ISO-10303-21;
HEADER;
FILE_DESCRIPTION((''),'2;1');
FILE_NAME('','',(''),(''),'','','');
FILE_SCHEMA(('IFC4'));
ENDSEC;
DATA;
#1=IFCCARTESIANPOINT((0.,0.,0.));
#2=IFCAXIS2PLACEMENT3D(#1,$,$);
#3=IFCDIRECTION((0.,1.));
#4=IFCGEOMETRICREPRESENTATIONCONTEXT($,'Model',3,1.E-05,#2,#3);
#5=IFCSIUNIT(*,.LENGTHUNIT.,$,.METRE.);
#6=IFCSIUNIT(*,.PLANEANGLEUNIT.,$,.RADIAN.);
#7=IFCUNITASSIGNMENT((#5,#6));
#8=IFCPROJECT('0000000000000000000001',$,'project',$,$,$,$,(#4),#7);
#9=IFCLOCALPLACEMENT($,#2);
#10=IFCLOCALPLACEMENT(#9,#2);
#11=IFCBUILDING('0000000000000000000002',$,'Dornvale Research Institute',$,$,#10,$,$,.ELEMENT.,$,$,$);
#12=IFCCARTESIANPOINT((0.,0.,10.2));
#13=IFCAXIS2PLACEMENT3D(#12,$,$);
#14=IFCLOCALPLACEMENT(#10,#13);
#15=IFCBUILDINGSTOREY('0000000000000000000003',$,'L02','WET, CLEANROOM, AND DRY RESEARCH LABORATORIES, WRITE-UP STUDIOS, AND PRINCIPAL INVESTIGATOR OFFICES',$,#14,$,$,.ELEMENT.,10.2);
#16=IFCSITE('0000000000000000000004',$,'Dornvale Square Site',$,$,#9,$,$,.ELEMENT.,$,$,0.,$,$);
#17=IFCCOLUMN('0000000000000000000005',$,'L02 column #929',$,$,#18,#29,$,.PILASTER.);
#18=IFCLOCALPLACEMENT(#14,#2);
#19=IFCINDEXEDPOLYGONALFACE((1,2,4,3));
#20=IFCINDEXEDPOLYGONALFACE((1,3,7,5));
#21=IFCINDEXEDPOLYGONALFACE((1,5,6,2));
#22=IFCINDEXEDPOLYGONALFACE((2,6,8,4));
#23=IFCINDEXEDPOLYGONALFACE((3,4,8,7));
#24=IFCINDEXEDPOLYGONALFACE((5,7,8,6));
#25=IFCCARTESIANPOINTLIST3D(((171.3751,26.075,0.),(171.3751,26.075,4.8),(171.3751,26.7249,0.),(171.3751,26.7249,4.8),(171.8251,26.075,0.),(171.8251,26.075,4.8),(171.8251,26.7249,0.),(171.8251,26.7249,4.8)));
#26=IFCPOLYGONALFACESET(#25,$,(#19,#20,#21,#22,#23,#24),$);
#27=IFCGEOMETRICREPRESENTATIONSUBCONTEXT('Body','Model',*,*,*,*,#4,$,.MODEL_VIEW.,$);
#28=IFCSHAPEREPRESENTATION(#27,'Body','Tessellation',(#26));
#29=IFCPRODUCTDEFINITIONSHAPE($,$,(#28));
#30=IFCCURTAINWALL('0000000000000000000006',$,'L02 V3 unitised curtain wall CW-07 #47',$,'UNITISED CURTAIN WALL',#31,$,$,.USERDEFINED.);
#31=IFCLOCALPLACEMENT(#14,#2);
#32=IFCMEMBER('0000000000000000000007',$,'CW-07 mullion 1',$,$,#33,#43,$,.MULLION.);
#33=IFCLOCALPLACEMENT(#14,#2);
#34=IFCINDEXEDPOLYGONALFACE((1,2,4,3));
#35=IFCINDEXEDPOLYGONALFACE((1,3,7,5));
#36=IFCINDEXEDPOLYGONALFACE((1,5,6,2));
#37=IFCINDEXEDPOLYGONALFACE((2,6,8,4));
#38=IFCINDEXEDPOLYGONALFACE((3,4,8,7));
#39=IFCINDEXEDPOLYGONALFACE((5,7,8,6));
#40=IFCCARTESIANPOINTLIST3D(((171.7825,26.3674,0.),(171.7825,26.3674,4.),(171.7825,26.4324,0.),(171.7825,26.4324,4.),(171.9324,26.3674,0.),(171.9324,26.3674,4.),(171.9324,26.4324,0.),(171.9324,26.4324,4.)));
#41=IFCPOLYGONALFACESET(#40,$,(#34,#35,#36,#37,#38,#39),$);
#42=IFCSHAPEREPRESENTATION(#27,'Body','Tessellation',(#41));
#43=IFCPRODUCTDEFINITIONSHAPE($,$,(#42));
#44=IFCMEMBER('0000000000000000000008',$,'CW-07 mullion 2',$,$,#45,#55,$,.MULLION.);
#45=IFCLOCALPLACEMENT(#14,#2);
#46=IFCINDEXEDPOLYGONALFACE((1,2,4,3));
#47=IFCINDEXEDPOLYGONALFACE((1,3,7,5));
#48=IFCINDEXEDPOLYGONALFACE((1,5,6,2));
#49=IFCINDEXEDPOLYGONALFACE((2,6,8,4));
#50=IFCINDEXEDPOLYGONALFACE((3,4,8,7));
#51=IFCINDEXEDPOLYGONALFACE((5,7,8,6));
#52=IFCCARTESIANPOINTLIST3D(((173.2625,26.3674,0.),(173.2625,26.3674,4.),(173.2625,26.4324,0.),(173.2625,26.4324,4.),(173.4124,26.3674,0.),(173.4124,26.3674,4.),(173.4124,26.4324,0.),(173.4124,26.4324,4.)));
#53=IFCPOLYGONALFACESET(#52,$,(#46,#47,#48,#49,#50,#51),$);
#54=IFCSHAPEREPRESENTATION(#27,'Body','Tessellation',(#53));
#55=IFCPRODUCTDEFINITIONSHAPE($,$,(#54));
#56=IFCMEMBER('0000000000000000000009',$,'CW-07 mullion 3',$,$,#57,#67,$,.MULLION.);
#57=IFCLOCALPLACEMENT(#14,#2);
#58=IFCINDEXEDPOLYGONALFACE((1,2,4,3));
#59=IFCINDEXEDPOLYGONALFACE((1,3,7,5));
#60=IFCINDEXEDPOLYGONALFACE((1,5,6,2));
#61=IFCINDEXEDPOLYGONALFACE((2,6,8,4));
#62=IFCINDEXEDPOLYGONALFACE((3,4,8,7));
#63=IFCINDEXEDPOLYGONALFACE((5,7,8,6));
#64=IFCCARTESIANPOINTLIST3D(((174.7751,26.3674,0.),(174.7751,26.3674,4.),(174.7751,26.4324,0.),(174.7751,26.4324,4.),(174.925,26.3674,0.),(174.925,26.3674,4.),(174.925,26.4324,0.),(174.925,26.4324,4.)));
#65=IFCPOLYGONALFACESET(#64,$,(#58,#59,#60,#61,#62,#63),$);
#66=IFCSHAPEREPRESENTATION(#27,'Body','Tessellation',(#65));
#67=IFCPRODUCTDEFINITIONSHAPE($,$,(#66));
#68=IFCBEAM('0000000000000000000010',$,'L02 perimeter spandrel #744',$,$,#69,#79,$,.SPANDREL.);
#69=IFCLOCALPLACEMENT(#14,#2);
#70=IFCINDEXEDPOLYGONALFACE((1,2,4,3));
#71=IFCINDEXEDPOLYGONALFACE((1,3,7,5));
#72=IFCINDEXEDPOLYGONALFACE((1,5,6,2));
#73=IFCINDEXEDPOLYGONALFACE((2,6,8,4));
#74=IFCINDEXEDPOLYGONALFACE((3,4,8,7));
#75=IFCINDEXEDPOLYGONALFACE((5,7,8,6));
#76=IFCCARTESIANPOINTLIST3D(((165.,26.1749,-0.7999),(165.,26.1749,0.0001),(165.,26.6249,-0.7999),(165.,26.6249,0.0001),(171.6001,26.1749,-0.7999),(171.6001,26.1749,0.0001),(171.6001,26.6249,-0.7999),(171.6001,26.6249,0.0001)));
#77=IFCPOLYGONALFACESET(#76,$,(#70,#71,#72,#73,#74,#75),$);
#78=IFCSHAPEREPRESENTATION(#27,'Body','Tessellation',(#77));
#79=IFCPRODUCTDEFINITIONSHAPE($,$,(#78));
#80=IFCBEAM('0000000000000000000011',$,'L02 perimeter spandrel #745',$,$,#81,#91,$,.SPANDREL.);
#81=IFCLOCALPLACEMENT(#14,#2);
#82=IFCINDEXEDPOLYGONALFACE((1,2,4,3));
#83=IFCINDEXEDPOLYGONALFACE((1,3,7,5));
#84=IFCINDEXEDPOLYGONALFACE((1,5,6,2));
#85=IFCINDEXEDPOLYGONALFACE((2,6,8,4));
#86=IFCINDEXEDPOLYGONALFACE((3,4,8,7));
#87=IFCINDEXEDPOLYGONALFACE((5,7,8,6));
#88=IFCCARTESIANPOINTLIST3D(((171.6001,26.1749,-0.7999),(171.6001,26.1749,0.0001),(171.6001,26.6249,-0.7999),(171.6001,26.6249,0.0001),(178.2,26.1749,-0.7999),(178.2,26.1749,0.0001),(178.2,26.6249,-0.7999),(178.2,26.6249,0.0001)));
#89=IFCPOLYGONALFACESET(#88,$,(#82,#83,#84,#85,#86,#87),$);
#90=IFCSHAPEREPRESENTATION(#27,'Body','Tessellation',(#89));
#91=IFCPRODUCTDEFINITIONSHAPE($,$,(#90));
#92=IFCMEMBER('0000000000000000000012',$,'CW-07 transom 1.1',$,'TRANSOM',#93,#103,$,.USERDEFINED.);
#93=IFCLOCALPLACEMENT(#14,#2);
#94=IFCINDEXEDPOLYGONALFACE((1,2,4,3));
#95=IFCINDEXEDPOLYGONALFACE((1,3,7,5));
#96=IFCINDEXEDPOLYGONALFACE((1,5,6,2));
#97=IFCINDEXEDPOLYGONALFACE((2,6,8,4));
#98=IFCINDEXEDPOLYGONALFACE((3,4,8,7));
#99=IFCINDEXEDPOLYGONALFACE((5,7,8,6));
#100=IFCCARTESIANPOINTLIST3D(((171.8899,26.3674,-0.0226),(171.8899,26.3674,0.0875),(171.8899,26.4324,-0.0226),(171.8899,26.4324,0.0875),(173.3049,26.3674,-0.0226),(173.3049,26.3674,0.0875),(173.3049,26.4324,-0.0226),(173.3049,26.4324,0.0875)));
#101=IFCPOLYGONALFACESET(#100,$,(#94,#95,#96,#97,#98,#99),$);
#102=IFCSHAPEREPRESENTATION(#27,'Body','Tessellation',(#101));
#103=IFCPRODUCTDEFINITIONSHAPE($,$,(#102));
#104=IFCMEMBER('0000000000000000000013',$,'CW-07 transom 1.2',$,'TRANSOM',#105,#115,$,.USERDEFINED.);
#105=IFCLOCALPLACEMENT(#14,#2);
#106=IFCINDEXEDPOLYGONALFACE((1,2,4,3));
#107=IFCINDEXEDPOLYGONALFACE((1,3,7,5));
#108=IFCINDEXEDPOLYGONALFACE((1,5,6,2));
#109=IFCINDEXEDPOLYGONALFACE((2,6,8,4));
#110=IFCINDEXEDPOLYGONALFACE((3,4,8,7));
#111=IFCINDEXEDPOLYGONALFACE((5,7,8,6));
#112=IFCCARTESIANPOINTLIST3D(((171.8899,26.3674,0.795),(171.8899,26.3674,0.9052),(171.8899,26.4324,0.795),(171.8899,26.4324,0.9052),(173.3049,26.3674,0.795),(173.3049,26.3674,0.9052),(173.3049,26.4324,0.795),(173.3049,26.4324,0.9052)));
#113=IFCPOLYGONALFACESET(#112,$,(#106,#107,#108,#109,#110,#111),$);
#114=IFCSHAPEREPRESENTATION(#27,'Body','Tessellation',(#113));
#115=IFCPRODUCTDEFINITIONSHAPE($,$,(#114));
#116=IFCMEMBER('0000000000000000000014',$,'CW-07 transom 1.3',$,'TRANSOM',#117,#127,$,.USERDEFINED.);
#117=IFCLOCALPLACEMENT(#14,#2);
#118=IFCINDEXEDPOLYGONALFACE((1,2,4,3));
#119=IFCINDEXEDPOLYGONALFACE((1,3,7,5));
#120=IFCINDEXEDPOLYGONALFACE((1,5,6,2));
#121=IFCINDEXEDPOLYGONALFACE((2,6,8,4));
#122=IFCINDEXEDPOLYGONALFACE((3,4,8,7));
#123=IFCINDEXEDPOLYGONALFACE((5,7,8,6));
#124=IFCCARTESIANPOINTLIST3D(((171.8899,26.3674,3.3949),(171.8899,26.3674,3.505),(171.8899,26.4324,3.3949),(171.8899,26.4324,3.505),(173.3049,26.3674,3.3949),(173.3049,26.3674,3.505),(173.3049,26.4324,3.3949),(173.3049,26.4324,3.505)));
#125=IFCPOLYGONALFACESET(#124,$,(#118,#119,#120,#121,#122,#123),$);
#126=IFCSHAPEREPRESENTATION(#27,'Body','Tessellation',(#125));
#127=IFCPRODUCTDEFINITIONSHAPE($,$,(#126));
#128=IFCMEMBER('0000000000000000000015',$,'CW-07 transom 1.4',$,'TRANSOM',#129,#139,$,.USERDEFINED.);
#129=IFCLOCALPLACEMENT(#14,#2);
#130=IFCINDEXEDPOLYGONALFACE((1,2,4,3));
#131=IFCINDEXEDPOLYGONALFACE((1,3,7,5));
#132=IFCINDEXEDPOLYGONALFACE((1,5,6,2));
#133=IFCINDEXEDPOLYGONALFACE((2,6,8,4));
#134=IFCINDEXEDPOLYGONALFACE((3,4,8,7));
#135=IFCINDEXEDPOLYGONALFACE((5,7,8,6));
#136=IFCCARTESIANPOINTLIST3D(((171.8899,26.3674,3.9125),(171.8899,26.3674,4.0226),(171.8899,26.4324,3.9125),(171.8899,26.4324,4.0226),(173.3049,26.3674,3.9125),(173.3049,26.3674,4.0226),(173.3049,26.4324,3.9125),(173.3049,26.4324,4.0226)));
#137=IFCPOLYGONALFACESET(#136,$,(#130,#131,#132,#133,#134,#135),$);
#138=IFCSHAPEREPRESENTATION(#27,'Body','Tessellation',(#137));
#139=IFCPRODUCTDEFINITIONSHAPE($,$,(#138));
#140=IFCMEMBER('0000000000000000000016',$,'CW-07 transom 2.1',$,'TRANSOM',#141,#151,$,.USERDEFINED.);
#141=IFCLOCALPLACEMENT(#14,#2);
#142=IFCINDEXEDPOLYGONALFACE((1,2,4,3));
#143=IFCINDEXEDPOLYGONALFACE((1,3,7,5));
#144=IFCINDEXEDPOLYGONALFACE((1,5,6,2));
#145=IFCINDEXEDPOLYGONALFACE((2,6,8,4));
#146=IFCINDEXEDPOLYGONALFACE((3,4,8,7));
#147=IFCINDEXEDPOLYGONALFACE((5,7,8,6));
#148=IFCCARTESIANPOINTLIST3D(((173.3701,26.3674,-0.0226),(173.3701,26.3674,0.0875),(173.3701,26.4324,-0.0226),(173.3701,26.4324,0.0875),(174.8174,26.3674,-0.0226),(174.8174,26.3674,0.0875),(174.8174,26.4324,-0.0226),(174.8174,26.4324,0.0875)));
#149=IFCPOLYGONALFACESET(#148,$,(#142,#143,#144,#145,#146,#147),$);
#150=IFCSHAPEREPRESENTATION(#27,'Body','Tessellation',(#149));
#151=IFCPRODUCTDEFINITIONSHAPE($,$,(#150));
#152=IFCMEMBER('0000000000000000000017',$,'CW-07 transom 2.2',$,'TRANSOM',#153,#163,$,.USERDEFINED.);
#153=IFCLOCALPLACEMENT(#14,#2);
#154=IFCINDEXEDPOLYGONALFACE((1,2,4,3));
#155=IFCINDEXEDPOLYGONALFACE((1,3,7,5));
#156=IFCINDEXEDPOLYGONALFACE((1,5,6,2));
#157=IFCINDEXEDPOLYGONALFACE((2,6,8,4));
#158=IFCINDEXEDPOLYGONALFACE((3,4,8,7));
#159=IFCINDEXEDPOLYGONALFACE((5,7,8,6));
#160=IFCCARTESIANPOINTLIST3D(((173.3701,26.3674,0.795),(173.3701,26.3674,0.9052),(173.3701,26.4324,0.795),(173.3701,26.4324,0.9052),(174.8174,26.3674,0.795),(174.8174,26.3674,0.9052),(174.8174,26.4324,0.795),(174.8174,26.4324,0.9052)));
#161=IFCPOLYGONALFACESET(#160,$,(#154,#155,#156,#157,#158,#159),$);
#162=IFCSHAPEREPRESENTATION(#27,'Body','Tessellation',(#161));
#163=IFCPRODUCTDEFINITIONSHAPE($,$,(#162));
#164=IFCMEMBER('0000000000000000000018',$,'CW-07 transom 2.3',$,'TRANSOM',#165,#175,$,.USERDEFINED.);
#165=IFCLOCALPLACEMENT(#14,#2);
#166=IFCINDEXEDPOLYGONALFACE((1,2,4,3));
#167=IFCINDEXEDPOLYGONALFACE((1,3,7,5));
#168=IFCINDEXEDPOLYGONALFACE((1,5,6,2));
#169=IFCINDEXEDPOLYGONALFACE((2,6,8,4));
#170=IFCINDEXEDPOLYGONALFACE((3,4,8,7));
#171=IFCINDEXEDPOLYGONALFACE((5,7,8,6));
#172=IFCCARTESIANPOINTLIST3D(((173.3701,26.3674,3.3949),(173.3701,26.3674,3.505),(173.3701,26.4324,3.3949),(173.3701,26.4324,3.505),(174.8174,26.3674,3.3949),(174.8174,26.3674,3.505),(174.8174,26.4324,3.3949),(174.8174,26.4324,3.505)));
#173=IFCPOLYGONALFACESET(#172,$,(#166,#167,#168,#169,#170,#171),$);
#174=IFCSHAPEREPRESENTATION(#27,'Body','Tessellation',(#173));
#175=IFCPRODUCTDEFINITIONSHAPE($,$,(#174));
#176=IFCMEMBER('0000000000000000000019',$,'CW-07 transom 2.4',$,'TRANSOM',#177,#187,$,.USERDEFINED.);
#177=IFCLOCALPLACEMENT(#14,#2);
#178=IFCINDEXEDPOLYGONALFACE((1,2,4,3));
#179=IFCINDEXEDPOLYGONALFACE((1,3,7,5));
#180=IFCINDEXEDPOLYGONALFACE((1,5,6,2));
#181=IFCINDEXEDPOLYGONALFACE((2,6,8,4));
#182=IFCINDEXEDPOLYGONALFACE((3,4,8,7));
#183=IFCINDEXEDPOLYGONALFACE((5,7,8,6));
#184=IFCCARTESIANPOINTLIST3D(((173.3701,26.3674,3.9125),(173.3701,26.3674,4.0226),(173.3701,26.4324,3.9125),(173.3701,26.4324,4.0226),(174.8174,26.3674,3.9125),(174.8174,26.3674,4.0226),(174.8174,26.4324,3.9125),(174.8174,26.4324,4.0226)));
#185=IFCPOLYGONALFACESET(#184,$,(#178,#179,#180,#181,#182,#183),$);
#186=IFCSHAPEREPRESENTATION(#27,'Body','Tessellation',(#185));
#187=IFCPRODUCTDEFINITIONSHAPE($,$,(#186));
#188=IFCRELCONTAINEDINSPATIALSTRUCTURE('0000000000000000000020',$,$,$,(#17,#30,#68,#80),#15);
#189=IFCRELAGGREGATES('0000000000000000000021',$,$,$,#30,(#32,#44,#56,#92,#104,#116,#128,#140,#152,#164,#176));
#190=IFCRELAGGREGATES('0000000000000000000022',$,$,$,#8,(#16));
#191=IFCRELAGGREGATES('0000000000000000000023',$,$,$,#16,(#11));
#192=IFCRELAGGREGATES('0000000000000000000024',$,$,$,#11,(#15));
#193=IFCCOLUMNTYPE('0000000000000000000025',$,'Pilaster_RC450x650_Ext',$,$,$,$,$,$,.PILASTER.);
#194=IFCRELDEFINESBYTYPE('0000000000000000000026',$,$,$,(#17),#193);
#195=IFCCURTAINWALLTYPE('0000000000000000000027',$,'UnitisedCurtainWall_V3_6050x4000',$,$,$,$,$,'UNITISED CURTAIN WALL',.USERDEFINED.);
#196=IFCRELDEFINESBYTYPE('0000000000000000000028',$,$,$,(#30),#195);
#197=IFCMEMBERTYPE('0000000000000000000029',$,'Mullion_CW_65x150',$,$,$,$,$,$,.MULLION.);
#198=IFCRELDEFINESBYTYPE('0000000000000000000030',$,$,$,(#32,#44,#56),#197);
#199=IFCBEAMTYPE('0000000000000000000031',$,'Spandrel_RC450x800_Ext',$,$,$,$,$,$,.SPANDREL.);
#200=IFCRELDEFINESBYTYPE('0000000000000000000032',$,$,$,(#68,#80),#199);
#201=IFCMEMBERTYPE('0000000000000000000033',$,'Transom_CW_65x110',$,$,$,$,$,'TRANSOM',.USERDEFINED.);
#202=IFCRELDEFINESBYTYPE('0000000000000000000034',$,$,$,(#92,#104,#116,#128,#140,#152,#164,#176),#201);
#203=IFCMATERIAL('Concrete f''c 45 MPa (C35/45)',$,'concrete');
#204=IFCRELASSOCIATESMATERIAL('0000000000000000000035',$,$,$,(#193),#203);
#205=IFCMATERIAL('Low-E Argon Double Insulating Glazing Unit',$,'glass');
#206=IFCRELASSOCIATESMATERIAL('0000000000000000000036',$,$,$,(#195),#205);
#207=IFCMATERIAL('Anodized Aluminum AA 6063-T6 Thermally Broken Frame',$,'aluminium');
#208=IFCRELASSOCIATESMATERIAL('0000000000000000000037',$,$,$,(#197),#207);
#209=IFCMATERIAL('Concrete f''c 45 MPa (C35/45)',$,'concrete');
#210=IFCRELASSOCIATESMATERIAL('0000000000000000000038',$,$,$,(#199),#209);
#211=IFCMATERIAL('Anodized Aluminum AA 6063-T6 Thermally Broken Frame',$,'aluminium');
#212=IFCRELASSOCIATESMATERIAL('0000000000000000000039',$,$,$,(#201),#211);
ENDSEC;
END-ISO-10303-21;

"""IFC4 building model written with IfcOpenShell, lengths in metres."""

from ifc_helpers import new_model, si_unit, direction, frame, origin, origin_2d, place, context, subcontext, project, spatial, rectangle, extrude, material, material_profile, profile_set, type_object, element, aggregate, save


model = new_model("IFC4")

# Units and contexts
model_context = context("Model", 3, precision=1e-05, world=origin(), true_north=direction((0.0, 1.0)))
body_context = subcontext(model_context, "Body", "Model", "MODEL_VIEW")
ifc_project = project(units=[si_unit("LENGTHUNIT", "METRE"), si_unit("PLANEANGLEUNIT", "RADIAN")], contexts=[model_context])

# Site, building, storey
site_placement = place(None, origin())
site = spatial("IfcSite", under=ifc_project, at=site_placement, Name="Dornvale Square Site", CompositionType="ELEMENT", RefElevation=0.0)
building_placement = place(site_placement, origin())
building = spatial("IfcBuilding", under=site, at=building_placement, Name="Dornvale Research Institute", CompositionType="ELEMENT")
storey_placement = place(building_placement, frame((0.0, 0.0, 10.2)))
storey = spatial("IfcBuildingStorey", under=building, at=storey_placement, Name="L02", Description="WET, CLEANROOM, AND DRY RESEARCH LABORATORIES, WRITE-UP STUDIOS, AND PRINCIPAL INVESTIGATOR OFFICES", CompositionType="ELEMENT", Elevation=10.2)

# Column
ifc_material_1 = material(Name="Concrete f'c 45 MPa (C35/45)", Category="concrete")
ifc_material_profile_1 = material_profile(ifc_material_1, rectangle(XDim=0.45, YDim=0.6499, at=origin_2d()), Name="RC 450x650")
ifc_profile_set_1 = profile_set([ifc_material_profile_1], Name="Concrete f'c 45 MPa (C35/45)")
column_type = type_object("IfcColumnType", Name="Pilaster_RC450x650_Ext", PredefinedType="PILASTER", material=ifc_profile_set_1)
column_placement = place(storey_placement, frame((171.6001, 26.3999, 0.0), z_axis=(0.0, 0.0, 1.0), x_axis=(1.0, 0.0, 0.0)))
element("IfcColumn", 1, at=column_placement, inside=storey, type_object=column_type, Name="L02 column #929", PredefinedType="PILASTER", context=body_context, shape_type="SweptSolid", body=[
    extrude(rectangle(XDim=0.45, YDim=0.6499, at=origin_2d()), origin(), (0.0, 0.0, 1.0), 4.8),
])

# Curtain wall, members
ifc_material_2 = material(Name="Low-E Argon Double Insulating Glazing Unit", Category="glass")
curtain_wall_type = type_object("IfcCurtainWallType", Name="UnitisedCurtainWall_V3_6050x4000", ElementType="UNITISED CURTAIN WALL", PredefinedType="USERDEFINED", material=ifc_material_2)
curtain_wall_placement = place(storey_placement, origin())
curtain_wall = element("IfcCurtainWall", 2, at=curtain_wall_placement, inside=storey, type_object=curtain_wall_type, Name="L02 V3 unitised curtain wall CW-07 #47", ObjectType="UNITISED CURTAIN WALL", PredefinedType="USERDEFINED")
ifc_material_3 = material(Name="Anodized Aluminum AA 6063-T6 Thermally Broken Frame", Category="aluminium")
ifc_material_profile_2 = material_profile(ifc_material_3, rectangle(XDim=0.0649, YDim=0.1499, at=origin_2d()), Name="ALU MULLION 65x150")
ifc_profile_set_2 = profile_set([ifc_material_profile_2], Name="Anodized Aluminum AA 6063-T6 Thermally Broken Frame")
member_type_1 = type_object("IfcMemberType", Name="Mullion_CW_65x150", PredefinedType="MULLION", material=ifc_profile_set_2)
member_1_placement = place(storey_placement, frame((171.8574, 26.3999, 0.0), z_axis=(0.0, 0.0, 1.0), x_axis=(0.0, 1.0, 0.0)))
member_1 = element("IfcMember", 3, at=member_1_placement, type_object=member_type_1, Name="CW-07 mullion 1", PredefinedType="MULLION", context=body_context, shape_type="SweptSolid", body=[
    extrude(rectangle(XDim=0.0649, YDim=0.1499, at=origin_2d()), origin(), (0.0, 0.0, 1.0), 4.0),
])
member_2_placement = place(storey_placement, frame((173.3374, 26.3999, 0.0), z_axis=(0.0, 0.0, 1.0), x_axis=(0.0, 1.0, 0.0)))
member_2 = element("IfcMember", 4, at=member_2_placement, type_object=member_type_1, Name="CW-07 mullion 2", PredefinedType="MULLION", context=body_context, shape_type="SweptSolid", body=[
    extrude(rectangle(XDim=0.0649, YDim=0.1499, at=origin_2d()), origin(), (0.0, 0.0, 1.0), 4.0),
])
member_3_placement = place(storey_placement, frame((174.8501, 26.3999, 0.0), z_axis=(0.0, 0.0, 1.0), x_axis=(0.0, 1.0, 0.0)))
member_3 = element("IfcMember", 5, at=member_3_placement, type_object=member_type_1, Name="CW-07 mullion 3", PredefinedType="MULLION", context=body_context, shape_type="SweptSolid", body=[
    extrude(rectangle(XDim=0.0649, YDim=0.1499, at=origin_2d()), origin(), (0.0, 0.0, 1.0), 4.0),
])

# Beams
ifc_material_4 = material(Name="Concrete f'c 45 MPa (C35/45)", Category="concrete")
ifc_material_profile_3 = material_profile(ifc_material_4, rectangle(XDim=0.45, YDim=0.8, at=origin_2d()), Name="RC 450x800")
ifc_profile_set_3 = profile_set([ifc_material_profile_3], Name="Concrete f'c 45 MPa (C35/45)")
beam_type = type_object("IfcBeamType", Name="Spandrel_RC450x800_Ext", PredefinedType="SPANDREL", material=ifc_profile_set_3)
beam_1_placement = place(storey_placement, frame((165.0, 26.3999, -0.3999), z_axis=(1.0, 0.0, 0.0), x_axis=(0.0, 1.0, 0.0)))
element("IfcBeam", 6, at=beam_1_placement, inside=storey, type_object=beam_type, Name="L02 perimeter spandrel #744", PredefinedType="SPANDREL", context=body_context, shape_type="SweptSolid", body=[
    extrude(rectangle(XDim=0.45, YDim=0.8, at=origin_2d()), origin(), (0.0, 0.0, 1.0), 6.6001),
])
beam_2_placement = place(storey_placement, frame((171.6001, 26.3999, -0.3999), z_axis=(1.0, 0.0, 0.0), x_axis=(0.0, 1.0, 0.0)))
element("IfcBeam", 7, at=beam_2_placement, inside=storey, type_object=beam_type, Name="L02 perimeter spandrel #745", PredefinedType="SPANDREL", context=body_context, shape_type="SweptSolid", body=[
    extrude(rectangle(XDim=0.45, YDim=0.8, at=origin_2d()), origin(), (0.0, 0.0, 1.0), 6.5999),
])

# Members
ifc_material_5 = material(Name="Anodized Aluminum AA 6063-T6 Thermally Broken Frame", Category="aluminium")
ifc_material_profile_4 = material_profile(ifc_material_5, rectangle(XDim=0.0649, YDim=0.1101, at=origin_2d()), Name="ALU TRANSOM 65x110")
ifc_profile_set_4 = profile_set([ifc_material_profile_4], Name="Anodized Aluminum AA 6063-T6 Thermally Broken Frame")
member_type_2 = type_object("IfcMemberType", Name="Transom_CW_65x110", ElementType="TRANSOM", PredefinedType="USERDEFINED", material=ifc_profile_set_4)
member_4_placement = place(storey_placement, frame((171.8899, 26.3999, 0.0325), z_axis=(1.0, 0.0, 0.0), x_axis=(0.0, 1.0, 0.0)))
member_4 = element("IfcMember", 8, at=member_4_placement, type_object=member_type_2, Name="CW-07 transom 1.1", ObjectType="TRANSOM", PredefinedType="USERDEFINED", context=body_context, shape_type="SweptSolid", body=[
    extrude(rectangle(XDim=0.0649, YDim=0.1101, at=origin_2d()), origin(), (0.0, 0.0, 1.0), 1.415),
])
member_5_placement = place(storey_placement, frame((171.8899, 26.3999, 0.8501), z_axis=(1.0, 0.0, 0.0), x_axis=(0.0, 1.0, 0.0)))
member_5 = element("IfcMember", 9, at=member_5_placement, type_object=member_type_2, Name="CW-07 transom 1.2", ObjectType="TRANSOM", PredefinedType="USERDEFINED", context=body_context, shape_type="SweptSolid", body=[
    extrude(rectangle(XDim=0.0649, YDim=0.1101, at=origin_2d()), origin(), (0.0, 0.0, 1.0), 1.415),
])
member_6_placement = place(storey_placement, frame((171.8899, 26.3999, 3.45), z_axis=(1.0, 0.0, 0.0), x_axis=(0.0, 1.0, 0.0)))
member_6 = element("IfcMember", 10, at=member_6_placement, type_object=member_type_2, Name="CW-07 transom 1.3", ObjectType="TRANSOM", PredefinedType="USERDEFINED", context=body_context, shape_type="SweptSolid", body=[
    extrude(rectangle(XDim=0.0649, YDim=0.1101, at=origin_2d()), origin(), (0.0, 0.0, 1.0), 1.415),
])
member_7_placement = place(storey_placement, frame((171.8899, 26.3999, 3.9675), z_axis=(1.0, 0.0, 0.0), x_axis=(0.0, 1.0, 0.0)))
member_7 = element("IfcMember", 11, at=member_7_placement, type_object=member_type_2, Name="CW-07 transom 1.4", ObjectType="TRANSOM", PredefinedType="USERDEFINED", context=body_context, shape_type="SweptSolid", body=[
    extrude(rectangle(XDim=0.0649, YDim=0.1101, at=origin_2d()), origin(), (0.0, 0.0, 1.0), 1.415),
])
member_8_placement = place(storey_placement, frame((173.3701, 26.3999, 0.0325), z_axis=(1.0, 0.0, 0.0), x_axis=(0.0, 1.0, 0.0)))
member_8 = element("IfcMember", 12, at=member_8_placement, type_object=member_type_2, Name="CW-07 transom 2.1", ObjectType="TRANSOM", PredefinedType="USERDEFINED", context=body_context, shape_type="SweptSolid", body=[
    extrude(rectangle(XDim=0.0649, YDim=0.1101, at=origin_2d()), origin(), (0.0, 0.0, 1.0), 1.4473),
])
member_9_placement = place(storey_placement, frame((173.3701, 26.3999, 0.8501), z_axis=(1.0, 0.0, 0.0), x_axis=(0.0, 1.0, 0.0)))
member_9 = element("IfcMember", 13, at=member_9_placement, type_object=member_type_2, Name="CW-07 transom 2.2", ObjectType="TRANSOM", PredefinedType="USERDEFINED", context=body_context, shape_type="SweptSolid", body=[
    extrude(rectangle(XDim=0.0649, YDim=0.1101, at=origin_2d()), origin(), (0.0, 0.0, 1.0), 1.4473),
])
member_10_placement = place(storey_placement, frame((173.3701, 26.3999, 3.45), z_axis=(1.0, 0.0, 0.0), x_axis=(0.0, 1.0, 0.0)))
member_10 = element("IfcMember", 14, at=member_10_placement, type_object=member_type_2, Name="CW-07 transom 2.3", ObjectType="TRANSOM", PredefinedType="USERDEFINED", context=body_context, shape_type="SweptSolid", body=[
    extrude(rectangle(XDim=0.0649, YDim=0.1101, at=origin_2d()), origin(), (0.0, 0.0, 1.0), 1.4473),
])
member_11_placement = place(storey_placement, frame((173.3701, 26.3999, 3.9675), z_axis=(1.0, 0.0, 0.0), x_axis=(0.0, 1.0, 0.0)))
member_11 = element("IfcMember", 15, at=member_11_placement, type_object=member_type_2, Name="CW-07 transom 2.4", ObjectType="TRANSOM", PredefinedType="USERDEFINED", context=body_context, shape_type="SweptSolid", body=[
    extrude(rectangle(XDim=0.0649, YDim=0.1101, at=origin_2d()), origin(), (0.0, 0.0, 1.0), 1.4473),
])

aggregate(curtain_wall, [member_1, member_2, member_3, member_4, member_5, member_6, member_7, member_8, member_9, member_10, member_11])

save(model, "model.ifc")
